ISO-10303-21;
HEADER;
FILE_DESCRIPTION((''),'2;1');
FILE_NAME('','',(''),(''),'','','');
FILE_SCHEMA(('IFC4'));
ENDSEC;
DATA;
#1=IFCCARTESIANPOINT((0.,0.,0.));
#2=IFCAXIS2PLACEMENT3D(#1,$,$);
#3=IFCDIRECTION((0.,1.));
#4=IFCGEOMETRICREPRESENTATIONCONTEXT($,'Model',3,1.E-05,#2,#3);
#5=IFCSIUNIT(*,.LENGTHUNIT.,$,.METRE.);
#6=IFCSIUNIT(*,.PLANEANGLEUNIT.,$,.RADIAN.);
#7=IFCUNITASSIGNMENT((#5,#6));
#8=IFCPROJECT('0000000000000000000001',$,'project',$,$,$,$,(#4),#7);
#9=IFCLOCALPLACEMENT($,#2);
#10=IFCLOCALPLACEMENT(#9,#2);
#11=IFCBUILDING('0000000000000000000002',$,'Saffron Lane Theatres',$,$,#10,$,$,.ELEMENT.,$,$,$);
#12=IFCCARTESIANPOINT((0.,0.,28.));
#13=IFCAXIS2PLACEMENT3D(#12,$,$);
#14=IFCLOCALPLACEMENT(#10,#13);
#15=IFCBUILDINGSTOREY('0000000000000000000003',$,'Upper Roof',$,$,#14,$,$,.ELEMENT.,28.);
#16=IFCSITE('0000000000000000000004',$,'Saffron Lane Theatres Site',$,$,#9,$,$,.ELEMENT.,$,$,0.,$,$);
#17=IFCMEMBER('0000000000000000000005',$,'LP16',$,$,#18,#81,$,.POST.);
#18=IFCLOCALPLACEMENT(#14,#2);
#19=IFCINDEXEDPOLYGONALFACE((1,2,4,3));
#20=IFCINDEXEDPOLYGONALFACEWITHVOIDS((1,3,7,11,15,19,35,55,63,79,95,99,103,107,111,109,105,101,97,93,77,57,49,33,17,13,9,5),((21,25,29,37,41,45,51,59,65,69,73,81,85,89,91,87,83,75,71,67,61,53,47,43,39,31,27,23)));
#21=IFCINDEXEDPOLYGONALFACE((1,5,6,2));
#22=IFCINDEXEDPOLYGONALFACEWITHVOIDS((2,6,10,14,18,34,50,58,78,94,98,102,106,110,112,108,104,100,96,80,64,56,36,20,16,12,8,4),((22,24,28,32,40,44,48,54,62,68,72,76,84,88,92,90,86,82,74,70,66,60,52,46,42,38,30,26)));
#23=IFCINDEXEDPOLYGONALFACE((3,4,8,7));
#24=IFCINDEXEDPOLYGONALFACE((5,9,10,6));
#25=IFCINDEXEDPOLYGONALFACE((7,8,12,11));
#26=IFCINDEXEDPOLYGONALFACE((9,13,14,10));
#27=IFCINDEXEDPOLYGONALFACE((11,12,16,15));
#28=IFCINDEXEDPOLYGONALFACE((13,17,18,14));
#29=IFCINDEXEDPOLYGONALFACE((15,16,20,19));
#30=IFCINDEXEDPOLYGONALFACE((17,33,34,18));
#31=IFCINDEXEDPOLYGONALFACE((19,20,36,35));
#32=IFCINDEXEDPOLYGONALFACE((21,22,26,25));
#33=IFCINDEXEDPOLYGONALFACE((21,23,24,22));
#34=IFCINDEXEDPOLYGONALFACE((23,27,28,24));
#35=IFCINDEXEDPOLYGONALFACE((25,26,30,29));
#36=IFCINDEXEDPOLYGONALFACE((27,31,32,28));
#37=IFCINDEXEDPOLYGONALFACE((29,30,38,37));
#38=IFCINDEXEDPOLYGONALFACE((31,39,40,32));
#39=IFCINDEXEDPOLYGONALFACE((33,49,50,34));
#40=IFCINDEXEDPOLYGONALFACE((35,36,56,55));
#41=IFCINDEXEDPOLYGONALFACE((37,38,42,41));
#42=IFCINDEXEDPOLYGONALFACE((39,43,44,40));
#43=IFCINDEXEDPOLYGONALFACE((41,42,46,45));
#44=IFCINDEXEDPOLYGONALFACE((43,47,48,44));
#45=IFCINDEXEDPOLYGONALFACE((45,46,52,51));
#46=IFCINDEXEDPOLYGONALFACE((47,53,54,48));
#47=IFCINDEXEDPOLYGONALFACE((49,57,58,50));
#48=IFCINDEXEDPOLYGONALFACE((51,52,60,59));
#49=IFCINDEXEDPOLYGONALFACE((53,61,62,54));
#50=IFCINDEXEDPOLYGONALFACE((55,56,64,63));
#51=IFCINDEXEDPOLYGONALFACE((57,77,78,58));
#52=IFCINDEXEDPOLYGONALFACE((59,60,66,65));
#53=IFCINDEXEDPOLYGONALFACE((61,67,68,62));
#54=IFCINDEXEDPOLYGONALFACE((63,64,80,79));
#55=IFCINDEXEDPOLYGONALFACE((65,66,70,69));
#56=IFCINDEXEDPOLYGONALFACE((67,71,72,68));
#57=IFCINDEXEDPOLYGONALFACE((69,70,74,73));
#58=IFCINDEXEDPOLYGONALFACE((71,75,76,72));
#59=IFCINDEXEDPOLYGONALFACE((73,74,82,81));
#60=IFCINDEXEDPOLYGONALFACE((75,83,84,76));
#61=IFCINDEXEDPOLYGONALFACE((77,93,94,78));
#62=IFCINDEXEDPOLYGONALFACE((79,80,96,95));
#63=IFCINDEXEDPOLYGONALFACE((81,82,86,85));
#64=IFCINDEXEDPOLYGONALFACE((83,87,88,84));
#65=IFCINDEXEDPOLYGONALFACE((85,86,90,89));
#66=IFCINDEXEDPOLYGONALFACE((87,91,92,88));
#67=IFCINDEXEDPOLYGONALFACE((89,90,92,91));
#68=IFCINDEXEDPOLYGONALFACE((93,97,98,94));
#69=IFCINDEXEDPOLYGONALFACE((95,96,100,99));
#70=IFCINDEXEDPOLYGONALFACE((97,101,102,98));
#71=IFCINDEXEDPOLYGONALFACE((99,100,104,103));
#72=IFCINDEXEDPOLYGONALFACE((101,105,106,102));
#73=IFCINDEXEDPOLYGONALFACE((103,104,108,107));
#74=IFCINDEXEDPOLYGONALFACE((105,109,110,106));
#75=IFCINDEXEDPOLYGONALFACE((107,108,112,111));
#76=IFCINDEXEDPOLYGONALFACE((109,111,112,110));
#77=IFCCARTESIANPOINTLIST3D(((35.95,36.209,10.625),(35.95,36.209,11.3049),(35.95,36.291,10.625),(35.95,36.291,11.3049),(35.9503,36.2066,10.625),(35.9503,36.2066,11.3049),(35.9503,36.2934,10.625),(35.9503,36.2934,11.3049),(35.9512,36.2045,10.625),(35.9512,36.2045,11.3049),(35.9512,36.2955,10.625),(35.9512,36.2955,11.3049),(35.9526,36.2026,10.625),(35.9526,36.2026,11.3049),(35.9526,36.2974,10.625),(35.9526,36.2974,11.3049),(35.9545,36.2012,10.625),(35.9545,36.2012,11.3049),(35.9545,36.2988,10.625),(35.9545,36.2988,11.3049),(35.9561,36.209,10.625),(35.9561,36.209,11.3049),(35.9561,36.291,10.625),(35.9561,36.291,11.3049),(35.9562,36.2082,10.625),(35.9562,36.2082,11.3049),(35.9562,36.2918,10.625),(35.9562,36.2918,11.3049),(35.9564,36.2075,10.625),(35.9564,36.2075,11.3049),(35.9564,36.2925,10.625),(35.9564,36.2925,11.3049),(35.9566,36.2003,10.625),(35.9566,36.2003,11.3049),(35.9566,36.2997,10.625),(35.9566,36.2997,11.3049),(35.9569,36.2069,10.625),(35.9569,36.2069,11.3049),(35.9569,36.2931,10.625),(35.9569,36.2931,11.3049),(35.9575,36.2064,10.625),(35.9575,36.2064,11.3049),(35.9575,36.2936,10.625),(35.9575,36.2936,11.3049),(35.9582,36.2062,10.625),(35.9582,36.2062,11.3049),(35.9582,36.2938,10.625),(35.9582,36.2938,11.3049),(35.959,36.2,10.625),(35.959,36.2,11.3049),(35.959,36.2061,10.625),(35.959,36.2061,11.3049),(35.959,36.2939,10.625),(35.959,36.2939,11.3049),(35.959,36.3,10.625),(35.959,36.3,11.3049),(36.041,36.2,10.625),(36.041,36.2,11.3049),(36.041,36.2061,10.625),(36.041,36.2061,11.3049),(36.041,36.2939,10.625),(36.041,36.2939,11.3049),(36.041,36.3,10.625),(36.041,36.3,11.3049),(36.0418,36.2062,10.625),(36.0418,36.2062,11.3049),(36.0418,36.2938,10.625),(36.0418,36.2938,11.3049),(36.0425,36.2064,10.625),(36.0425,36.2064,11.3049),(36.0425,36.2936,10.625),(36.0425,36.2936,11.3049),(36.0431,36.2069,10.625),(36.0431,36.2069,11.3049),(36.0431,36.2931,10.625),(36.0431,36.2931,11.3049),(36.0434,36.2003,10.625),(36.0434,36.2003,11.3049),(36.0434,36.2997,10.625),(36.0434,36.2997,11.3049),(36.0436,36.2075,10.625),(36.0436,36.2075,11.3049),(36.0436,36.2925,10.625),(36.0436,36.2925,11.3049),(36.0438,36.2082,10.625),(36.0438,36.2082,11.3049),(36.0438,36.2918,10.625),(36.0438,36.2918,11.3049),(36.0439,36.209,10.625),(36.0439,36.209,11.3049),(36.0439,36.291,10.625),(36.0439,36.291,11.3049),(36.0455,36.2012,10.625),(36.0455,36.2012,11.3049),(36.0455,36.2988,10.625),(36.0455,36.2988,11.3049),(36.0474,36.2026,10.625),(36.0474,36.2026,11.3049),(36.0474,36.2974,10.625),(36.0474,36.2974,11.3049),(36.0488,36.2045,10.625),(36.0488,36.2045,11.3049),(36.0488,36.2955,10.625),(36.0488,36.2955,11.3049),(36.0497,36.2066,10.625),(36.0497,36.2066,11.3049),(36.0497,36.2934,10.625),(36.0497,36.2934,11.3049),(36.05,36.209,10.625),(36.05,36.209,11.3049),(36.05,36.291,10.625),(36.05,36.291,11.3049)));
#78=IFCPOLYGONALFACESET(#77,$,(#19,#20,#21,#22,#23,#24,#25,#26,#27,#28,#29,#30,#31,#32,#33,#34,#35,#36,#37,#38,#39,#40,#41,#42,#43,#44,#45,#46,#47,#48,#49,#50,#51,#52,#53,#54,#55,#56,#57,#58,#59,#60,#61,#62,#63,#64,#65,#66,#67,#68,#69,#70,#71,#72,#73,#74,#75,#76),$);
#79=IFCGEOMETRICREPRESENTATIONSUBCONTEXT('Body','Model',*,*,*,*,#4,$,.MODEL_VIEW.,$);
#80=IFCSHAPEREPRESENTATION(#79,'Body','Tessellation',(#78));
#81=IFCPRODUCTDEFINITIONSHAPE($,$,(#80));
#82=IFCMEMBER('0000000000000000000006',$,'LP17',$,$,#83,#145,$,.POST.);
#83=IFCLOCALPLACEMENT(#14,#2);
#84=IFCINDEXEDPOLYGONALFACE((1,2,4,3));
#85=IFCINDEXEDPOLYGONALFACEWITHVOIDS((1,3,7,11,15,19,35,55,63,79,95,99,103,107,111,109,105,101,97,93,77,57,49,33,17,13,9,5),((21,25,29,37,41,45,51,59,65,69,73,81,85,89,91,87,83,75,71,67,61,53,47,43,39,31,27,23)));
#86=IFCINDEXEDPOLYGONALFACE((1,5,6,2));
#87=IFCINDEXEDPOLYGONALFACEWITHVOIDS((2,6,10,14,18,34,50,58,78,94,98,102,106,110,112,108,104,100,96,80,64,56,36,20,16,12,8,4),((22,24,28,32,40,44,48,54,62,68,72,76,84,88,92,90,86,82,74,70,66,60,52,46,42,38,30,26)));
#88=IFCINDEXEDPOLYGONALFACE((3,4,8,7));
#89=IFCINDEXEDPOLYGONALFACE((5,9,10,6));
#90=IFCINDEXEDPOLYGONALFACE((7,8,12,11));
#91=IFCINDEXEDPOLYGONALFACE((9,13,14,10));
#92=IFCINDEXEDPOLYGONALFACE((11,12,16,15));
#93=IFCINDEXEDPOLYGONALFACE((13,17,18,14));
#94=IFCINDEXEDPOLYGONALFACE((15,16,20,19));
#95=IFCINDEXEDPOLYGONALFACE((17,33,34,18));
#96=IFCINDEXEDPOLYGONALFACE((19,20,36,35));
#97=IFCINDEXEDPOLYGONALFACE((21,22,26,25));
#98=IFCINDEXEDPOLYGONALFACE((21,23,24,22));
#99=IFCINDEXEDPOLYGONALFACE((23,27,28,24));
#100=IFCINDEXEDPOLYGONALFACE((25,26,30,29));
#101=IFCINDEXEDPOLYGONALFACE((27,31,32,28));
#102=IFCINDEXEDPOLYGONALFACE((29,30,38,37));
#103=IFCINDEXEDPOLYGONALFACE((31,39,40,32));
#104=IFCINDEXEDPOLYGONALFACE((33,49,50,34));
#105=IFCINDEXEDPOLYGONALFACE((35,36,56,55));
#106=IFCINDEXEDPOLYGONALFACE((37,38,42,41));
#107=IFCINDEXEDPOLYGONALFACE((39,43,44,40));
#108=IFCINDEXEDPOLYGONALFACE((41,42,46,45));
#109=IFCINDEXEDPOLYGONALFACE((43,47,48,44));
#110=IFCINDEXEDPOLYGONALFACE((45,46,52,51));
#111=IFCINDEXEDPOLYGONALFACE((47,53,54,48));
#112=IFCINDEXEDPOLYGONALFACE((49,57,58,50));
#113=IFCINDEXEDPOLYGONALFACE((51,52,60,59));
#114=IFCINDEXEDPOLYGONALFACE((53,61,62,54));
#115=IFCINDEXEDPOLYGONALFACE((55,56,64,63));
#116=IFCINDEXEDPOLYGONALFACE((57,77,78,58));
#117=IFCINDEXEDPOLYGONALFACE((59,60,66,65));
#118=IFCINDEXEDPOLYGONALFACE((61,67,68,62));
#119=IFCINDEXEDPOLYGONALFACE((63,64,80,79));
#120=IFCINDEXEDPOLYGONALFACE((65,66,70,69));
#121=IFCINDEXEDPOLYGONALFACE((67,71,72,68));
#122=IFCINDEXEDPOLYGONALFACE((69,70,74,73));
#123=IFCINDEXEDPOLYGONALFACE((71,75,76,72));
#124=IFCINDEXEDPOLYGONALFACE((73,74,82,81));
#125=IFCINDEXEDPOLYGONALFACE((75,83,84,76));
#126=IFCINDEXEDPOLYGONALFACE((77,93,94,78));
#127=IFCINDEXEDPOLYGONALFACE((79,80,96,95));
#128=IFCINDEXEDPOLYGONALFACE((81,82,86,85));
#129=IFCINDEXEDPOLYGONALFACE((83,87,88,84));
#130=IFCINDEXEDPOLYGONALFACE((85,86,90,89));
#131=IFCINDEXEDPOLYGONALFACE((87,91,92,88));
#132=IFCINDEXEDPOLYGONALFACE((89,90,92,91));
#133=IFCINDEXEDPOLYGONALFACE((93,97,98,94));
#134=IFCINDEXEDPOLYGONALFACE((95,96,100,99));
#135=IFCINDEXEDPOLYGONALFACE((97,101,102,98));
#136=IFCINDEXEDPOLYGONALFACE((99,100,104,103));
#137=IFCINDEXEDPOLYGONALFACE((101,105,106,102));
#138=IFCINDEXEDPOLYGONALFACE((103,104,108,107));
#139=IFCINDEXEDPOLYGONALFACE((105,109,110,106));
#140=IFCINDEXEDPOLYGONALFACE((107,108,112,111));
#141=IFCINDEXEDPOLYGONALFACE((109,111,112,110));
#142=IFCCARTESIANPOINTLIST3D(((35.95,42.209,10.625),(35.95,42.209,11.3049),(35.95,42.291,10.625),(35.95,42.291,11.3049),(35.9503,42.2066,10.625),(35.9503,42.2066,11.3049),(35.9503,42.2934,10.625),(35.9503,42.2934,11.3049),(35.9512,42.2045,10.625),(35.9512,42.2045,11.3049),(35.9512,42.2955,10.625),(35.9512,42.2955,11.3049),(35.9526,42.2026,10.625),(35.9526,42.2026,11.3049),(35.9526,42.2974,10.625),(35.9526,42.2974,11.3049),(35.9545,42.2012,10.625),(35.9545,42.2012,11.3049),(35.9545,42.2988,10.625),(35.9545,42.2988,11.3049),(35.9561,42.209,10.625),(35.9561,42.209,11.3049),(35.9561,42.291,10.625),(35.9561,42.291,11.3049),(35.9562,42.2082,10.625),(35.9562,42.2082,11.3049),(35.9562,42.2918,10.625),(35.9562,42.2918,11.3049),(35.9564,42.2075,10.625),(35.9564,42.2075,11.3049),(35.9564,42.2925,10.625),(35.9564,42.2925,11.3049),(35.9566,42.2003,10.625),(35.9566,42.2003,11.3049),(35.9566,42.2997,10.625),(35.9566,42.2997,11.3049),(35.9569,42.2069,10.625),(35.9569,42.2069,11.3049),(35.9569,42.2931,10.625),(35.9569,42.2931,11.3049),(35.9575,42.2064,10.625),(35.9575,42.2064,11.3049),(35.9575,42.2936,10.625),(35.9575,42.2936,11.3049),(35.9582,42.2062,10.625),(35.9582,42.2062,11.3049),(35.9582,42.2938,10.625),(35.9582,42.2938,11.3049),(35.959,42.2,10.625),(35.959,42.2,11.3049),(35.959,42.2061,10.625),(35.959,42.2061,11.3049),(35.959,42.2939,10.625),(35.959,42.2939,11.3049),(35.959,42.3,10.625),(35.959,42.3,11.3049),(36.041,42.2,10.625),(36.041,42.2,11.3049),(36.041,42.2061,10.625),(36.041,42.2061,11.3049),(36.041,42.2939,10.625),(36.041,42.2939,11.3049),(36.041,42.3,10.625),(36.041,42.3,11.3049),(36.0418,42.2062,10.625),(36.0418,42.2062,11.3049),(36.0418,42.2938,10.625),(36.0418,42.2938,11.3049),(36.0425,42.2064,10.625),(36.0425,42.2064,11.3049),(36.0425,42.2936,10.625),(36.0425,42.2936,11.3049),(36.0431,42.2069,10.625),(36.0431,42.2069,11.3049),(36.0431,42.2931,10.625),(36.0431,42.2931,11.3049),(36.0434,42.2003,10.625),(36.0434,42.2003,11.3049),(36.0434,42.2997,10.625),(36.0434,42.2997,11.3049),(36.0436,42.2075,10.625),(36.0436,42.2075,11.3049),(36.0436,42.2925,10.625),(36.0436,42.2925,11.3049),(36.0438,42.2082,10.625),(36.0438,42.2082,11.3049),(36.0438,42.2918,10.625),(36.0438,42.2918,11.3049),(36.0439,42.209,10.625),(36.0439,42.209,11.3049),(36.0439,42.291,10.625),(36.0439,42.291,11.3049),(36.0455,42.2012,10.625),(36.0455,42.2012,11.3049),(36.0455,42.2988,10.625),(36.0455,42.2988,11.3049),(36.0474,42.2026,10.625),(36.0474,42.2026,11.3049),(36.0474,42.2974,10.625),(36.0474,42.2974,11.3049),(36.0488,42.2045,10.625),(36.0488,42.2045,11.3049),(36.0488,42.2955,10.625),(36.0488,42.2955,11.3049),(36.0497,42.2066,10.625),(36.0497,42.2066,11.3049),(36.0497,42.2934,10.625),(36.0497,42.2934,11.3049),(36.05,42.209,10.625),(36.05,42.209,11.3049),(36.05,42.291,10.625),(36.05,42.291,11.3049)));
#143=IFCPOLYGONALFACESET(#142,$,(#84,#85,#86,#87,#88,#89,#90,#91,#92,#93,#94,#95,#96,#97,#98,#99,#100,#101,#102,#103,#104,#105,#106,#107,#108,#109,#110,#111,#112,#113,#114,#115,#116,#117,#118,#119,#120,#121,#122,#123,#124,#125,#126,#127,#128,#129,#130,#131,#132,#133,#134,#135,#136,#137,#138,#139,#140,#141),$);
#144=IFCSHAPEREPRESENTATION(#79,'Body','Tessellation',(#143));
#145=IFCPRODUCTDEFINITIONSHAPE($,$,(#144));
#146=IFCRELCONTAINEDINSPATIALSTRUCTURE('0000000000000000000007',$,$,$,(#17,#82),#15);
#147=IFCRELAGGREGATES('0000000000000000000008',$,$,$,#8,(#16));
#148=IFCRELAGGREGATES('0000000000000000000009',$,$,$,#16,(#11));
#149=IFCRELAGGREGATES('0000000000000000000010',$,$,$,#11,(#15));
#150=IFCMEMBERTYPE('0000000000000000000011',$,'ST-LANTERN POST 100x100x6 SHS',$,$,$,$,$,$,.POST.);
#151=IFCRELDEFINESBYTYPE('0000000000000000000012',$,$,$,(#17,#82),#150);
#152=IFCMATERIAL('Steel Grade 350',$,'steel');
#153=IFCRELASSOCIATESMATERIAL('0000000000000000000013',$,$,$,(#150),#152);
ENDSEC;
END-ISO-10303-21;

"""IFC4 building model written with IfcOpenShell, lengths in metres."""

from ifc_helpers import new_model, si_unit, direction, frame, origin, origin_2d, place, context, subcontext, project, spatial, hollow_rectangle, extrude, material, material_profile, profile_set, type_object, element, save


model = new_model("IFC4")

# Units and contexts
model_context = context("Model", 3, precision=1e-05, world=origin(), true_north=direction((0.0, 1.0)))
body_context = subcontext(model_context, "Body", "Model", "MODEL_VIEW")
ifc_project = project(units=[si_unit("LENGTHUNIT", "METRE"), si_unit("PLANEANGLEUNIT", "RADIAN")], contexts=[model_context])

# Site, building, storey
site_placement = place(None, origin())
site = spatial("IfcSite", under=ifc_project, at=site_placement, Name="Saffron Lane Theatres Site", CompositionType="ELEMENT", RefElevation=0.0)
building_placement = place(site_placement, origin())
building = spatial("IfcBuilding", under=site, at=building_placement, Name="Saffron Lane Theatres", CompositionType="ELEMENT")
storey_placement = place(building_placement, frame((0.0, 0.0, 28.0)))
storey = spatial("IfcBuildingStorey", under=building, at=storey_placement, Name="Upper Roof", CompositionType="ELEMENT", Elevation=28.0)

# Members
ifc_material_1 = material(Name="Steel Grade 350", Category="steel")
ifc_material_profile_1 = material_profile(ifc_material_1, hollow_rectangle(XDim=0.1001, YDim=0.1001, WallThickness=0.0061, InnerFilletRadius=0.0029, OuterFilletRadius=0.009, at=origin_2d()))
ifc_profile_set_1 = profile_set([ifc_material_profile_1], Name="Steel Grade 350")
member_type_1 = type_object("IfcMemberType", Name="ST-LANTERN POST 100x100x6 SHS", PredefinedType="POST", material=ifc_profile_set_1)
for number, where, z_axis, x_axis, name in (
    (1, (36.0, 36.25, 10.625), (0.0, 0.0, 1.0), (1.0, 0.0, 0.0), "LP16"),
    (2, (36.0, 42.25, 10.625), (0.0, 0.0, 1.0), (1.0, 0.0, 0.0), "LP17"),
):
    element("IfcMember", number, at=place(storey_placement, frame(where, z_axis=z_axis, x_axis=x_axis)), inside=storey, type_object=member_type_1, Name=name, PredefinedType="POST", context=body_context, shape_type="SweptSolid", body=[
        extrude(hollow_rectangle(XDim=0.1001, YDim=0.1001, WallThickness=0.0061, InnerFilletRadius=0.0029, OuterFilletRadius=0.009, at=origin_2d()), origin(), (0.0, 0.0, 1.0), 0.6799),
    ])

save(model, "model.ifc")
